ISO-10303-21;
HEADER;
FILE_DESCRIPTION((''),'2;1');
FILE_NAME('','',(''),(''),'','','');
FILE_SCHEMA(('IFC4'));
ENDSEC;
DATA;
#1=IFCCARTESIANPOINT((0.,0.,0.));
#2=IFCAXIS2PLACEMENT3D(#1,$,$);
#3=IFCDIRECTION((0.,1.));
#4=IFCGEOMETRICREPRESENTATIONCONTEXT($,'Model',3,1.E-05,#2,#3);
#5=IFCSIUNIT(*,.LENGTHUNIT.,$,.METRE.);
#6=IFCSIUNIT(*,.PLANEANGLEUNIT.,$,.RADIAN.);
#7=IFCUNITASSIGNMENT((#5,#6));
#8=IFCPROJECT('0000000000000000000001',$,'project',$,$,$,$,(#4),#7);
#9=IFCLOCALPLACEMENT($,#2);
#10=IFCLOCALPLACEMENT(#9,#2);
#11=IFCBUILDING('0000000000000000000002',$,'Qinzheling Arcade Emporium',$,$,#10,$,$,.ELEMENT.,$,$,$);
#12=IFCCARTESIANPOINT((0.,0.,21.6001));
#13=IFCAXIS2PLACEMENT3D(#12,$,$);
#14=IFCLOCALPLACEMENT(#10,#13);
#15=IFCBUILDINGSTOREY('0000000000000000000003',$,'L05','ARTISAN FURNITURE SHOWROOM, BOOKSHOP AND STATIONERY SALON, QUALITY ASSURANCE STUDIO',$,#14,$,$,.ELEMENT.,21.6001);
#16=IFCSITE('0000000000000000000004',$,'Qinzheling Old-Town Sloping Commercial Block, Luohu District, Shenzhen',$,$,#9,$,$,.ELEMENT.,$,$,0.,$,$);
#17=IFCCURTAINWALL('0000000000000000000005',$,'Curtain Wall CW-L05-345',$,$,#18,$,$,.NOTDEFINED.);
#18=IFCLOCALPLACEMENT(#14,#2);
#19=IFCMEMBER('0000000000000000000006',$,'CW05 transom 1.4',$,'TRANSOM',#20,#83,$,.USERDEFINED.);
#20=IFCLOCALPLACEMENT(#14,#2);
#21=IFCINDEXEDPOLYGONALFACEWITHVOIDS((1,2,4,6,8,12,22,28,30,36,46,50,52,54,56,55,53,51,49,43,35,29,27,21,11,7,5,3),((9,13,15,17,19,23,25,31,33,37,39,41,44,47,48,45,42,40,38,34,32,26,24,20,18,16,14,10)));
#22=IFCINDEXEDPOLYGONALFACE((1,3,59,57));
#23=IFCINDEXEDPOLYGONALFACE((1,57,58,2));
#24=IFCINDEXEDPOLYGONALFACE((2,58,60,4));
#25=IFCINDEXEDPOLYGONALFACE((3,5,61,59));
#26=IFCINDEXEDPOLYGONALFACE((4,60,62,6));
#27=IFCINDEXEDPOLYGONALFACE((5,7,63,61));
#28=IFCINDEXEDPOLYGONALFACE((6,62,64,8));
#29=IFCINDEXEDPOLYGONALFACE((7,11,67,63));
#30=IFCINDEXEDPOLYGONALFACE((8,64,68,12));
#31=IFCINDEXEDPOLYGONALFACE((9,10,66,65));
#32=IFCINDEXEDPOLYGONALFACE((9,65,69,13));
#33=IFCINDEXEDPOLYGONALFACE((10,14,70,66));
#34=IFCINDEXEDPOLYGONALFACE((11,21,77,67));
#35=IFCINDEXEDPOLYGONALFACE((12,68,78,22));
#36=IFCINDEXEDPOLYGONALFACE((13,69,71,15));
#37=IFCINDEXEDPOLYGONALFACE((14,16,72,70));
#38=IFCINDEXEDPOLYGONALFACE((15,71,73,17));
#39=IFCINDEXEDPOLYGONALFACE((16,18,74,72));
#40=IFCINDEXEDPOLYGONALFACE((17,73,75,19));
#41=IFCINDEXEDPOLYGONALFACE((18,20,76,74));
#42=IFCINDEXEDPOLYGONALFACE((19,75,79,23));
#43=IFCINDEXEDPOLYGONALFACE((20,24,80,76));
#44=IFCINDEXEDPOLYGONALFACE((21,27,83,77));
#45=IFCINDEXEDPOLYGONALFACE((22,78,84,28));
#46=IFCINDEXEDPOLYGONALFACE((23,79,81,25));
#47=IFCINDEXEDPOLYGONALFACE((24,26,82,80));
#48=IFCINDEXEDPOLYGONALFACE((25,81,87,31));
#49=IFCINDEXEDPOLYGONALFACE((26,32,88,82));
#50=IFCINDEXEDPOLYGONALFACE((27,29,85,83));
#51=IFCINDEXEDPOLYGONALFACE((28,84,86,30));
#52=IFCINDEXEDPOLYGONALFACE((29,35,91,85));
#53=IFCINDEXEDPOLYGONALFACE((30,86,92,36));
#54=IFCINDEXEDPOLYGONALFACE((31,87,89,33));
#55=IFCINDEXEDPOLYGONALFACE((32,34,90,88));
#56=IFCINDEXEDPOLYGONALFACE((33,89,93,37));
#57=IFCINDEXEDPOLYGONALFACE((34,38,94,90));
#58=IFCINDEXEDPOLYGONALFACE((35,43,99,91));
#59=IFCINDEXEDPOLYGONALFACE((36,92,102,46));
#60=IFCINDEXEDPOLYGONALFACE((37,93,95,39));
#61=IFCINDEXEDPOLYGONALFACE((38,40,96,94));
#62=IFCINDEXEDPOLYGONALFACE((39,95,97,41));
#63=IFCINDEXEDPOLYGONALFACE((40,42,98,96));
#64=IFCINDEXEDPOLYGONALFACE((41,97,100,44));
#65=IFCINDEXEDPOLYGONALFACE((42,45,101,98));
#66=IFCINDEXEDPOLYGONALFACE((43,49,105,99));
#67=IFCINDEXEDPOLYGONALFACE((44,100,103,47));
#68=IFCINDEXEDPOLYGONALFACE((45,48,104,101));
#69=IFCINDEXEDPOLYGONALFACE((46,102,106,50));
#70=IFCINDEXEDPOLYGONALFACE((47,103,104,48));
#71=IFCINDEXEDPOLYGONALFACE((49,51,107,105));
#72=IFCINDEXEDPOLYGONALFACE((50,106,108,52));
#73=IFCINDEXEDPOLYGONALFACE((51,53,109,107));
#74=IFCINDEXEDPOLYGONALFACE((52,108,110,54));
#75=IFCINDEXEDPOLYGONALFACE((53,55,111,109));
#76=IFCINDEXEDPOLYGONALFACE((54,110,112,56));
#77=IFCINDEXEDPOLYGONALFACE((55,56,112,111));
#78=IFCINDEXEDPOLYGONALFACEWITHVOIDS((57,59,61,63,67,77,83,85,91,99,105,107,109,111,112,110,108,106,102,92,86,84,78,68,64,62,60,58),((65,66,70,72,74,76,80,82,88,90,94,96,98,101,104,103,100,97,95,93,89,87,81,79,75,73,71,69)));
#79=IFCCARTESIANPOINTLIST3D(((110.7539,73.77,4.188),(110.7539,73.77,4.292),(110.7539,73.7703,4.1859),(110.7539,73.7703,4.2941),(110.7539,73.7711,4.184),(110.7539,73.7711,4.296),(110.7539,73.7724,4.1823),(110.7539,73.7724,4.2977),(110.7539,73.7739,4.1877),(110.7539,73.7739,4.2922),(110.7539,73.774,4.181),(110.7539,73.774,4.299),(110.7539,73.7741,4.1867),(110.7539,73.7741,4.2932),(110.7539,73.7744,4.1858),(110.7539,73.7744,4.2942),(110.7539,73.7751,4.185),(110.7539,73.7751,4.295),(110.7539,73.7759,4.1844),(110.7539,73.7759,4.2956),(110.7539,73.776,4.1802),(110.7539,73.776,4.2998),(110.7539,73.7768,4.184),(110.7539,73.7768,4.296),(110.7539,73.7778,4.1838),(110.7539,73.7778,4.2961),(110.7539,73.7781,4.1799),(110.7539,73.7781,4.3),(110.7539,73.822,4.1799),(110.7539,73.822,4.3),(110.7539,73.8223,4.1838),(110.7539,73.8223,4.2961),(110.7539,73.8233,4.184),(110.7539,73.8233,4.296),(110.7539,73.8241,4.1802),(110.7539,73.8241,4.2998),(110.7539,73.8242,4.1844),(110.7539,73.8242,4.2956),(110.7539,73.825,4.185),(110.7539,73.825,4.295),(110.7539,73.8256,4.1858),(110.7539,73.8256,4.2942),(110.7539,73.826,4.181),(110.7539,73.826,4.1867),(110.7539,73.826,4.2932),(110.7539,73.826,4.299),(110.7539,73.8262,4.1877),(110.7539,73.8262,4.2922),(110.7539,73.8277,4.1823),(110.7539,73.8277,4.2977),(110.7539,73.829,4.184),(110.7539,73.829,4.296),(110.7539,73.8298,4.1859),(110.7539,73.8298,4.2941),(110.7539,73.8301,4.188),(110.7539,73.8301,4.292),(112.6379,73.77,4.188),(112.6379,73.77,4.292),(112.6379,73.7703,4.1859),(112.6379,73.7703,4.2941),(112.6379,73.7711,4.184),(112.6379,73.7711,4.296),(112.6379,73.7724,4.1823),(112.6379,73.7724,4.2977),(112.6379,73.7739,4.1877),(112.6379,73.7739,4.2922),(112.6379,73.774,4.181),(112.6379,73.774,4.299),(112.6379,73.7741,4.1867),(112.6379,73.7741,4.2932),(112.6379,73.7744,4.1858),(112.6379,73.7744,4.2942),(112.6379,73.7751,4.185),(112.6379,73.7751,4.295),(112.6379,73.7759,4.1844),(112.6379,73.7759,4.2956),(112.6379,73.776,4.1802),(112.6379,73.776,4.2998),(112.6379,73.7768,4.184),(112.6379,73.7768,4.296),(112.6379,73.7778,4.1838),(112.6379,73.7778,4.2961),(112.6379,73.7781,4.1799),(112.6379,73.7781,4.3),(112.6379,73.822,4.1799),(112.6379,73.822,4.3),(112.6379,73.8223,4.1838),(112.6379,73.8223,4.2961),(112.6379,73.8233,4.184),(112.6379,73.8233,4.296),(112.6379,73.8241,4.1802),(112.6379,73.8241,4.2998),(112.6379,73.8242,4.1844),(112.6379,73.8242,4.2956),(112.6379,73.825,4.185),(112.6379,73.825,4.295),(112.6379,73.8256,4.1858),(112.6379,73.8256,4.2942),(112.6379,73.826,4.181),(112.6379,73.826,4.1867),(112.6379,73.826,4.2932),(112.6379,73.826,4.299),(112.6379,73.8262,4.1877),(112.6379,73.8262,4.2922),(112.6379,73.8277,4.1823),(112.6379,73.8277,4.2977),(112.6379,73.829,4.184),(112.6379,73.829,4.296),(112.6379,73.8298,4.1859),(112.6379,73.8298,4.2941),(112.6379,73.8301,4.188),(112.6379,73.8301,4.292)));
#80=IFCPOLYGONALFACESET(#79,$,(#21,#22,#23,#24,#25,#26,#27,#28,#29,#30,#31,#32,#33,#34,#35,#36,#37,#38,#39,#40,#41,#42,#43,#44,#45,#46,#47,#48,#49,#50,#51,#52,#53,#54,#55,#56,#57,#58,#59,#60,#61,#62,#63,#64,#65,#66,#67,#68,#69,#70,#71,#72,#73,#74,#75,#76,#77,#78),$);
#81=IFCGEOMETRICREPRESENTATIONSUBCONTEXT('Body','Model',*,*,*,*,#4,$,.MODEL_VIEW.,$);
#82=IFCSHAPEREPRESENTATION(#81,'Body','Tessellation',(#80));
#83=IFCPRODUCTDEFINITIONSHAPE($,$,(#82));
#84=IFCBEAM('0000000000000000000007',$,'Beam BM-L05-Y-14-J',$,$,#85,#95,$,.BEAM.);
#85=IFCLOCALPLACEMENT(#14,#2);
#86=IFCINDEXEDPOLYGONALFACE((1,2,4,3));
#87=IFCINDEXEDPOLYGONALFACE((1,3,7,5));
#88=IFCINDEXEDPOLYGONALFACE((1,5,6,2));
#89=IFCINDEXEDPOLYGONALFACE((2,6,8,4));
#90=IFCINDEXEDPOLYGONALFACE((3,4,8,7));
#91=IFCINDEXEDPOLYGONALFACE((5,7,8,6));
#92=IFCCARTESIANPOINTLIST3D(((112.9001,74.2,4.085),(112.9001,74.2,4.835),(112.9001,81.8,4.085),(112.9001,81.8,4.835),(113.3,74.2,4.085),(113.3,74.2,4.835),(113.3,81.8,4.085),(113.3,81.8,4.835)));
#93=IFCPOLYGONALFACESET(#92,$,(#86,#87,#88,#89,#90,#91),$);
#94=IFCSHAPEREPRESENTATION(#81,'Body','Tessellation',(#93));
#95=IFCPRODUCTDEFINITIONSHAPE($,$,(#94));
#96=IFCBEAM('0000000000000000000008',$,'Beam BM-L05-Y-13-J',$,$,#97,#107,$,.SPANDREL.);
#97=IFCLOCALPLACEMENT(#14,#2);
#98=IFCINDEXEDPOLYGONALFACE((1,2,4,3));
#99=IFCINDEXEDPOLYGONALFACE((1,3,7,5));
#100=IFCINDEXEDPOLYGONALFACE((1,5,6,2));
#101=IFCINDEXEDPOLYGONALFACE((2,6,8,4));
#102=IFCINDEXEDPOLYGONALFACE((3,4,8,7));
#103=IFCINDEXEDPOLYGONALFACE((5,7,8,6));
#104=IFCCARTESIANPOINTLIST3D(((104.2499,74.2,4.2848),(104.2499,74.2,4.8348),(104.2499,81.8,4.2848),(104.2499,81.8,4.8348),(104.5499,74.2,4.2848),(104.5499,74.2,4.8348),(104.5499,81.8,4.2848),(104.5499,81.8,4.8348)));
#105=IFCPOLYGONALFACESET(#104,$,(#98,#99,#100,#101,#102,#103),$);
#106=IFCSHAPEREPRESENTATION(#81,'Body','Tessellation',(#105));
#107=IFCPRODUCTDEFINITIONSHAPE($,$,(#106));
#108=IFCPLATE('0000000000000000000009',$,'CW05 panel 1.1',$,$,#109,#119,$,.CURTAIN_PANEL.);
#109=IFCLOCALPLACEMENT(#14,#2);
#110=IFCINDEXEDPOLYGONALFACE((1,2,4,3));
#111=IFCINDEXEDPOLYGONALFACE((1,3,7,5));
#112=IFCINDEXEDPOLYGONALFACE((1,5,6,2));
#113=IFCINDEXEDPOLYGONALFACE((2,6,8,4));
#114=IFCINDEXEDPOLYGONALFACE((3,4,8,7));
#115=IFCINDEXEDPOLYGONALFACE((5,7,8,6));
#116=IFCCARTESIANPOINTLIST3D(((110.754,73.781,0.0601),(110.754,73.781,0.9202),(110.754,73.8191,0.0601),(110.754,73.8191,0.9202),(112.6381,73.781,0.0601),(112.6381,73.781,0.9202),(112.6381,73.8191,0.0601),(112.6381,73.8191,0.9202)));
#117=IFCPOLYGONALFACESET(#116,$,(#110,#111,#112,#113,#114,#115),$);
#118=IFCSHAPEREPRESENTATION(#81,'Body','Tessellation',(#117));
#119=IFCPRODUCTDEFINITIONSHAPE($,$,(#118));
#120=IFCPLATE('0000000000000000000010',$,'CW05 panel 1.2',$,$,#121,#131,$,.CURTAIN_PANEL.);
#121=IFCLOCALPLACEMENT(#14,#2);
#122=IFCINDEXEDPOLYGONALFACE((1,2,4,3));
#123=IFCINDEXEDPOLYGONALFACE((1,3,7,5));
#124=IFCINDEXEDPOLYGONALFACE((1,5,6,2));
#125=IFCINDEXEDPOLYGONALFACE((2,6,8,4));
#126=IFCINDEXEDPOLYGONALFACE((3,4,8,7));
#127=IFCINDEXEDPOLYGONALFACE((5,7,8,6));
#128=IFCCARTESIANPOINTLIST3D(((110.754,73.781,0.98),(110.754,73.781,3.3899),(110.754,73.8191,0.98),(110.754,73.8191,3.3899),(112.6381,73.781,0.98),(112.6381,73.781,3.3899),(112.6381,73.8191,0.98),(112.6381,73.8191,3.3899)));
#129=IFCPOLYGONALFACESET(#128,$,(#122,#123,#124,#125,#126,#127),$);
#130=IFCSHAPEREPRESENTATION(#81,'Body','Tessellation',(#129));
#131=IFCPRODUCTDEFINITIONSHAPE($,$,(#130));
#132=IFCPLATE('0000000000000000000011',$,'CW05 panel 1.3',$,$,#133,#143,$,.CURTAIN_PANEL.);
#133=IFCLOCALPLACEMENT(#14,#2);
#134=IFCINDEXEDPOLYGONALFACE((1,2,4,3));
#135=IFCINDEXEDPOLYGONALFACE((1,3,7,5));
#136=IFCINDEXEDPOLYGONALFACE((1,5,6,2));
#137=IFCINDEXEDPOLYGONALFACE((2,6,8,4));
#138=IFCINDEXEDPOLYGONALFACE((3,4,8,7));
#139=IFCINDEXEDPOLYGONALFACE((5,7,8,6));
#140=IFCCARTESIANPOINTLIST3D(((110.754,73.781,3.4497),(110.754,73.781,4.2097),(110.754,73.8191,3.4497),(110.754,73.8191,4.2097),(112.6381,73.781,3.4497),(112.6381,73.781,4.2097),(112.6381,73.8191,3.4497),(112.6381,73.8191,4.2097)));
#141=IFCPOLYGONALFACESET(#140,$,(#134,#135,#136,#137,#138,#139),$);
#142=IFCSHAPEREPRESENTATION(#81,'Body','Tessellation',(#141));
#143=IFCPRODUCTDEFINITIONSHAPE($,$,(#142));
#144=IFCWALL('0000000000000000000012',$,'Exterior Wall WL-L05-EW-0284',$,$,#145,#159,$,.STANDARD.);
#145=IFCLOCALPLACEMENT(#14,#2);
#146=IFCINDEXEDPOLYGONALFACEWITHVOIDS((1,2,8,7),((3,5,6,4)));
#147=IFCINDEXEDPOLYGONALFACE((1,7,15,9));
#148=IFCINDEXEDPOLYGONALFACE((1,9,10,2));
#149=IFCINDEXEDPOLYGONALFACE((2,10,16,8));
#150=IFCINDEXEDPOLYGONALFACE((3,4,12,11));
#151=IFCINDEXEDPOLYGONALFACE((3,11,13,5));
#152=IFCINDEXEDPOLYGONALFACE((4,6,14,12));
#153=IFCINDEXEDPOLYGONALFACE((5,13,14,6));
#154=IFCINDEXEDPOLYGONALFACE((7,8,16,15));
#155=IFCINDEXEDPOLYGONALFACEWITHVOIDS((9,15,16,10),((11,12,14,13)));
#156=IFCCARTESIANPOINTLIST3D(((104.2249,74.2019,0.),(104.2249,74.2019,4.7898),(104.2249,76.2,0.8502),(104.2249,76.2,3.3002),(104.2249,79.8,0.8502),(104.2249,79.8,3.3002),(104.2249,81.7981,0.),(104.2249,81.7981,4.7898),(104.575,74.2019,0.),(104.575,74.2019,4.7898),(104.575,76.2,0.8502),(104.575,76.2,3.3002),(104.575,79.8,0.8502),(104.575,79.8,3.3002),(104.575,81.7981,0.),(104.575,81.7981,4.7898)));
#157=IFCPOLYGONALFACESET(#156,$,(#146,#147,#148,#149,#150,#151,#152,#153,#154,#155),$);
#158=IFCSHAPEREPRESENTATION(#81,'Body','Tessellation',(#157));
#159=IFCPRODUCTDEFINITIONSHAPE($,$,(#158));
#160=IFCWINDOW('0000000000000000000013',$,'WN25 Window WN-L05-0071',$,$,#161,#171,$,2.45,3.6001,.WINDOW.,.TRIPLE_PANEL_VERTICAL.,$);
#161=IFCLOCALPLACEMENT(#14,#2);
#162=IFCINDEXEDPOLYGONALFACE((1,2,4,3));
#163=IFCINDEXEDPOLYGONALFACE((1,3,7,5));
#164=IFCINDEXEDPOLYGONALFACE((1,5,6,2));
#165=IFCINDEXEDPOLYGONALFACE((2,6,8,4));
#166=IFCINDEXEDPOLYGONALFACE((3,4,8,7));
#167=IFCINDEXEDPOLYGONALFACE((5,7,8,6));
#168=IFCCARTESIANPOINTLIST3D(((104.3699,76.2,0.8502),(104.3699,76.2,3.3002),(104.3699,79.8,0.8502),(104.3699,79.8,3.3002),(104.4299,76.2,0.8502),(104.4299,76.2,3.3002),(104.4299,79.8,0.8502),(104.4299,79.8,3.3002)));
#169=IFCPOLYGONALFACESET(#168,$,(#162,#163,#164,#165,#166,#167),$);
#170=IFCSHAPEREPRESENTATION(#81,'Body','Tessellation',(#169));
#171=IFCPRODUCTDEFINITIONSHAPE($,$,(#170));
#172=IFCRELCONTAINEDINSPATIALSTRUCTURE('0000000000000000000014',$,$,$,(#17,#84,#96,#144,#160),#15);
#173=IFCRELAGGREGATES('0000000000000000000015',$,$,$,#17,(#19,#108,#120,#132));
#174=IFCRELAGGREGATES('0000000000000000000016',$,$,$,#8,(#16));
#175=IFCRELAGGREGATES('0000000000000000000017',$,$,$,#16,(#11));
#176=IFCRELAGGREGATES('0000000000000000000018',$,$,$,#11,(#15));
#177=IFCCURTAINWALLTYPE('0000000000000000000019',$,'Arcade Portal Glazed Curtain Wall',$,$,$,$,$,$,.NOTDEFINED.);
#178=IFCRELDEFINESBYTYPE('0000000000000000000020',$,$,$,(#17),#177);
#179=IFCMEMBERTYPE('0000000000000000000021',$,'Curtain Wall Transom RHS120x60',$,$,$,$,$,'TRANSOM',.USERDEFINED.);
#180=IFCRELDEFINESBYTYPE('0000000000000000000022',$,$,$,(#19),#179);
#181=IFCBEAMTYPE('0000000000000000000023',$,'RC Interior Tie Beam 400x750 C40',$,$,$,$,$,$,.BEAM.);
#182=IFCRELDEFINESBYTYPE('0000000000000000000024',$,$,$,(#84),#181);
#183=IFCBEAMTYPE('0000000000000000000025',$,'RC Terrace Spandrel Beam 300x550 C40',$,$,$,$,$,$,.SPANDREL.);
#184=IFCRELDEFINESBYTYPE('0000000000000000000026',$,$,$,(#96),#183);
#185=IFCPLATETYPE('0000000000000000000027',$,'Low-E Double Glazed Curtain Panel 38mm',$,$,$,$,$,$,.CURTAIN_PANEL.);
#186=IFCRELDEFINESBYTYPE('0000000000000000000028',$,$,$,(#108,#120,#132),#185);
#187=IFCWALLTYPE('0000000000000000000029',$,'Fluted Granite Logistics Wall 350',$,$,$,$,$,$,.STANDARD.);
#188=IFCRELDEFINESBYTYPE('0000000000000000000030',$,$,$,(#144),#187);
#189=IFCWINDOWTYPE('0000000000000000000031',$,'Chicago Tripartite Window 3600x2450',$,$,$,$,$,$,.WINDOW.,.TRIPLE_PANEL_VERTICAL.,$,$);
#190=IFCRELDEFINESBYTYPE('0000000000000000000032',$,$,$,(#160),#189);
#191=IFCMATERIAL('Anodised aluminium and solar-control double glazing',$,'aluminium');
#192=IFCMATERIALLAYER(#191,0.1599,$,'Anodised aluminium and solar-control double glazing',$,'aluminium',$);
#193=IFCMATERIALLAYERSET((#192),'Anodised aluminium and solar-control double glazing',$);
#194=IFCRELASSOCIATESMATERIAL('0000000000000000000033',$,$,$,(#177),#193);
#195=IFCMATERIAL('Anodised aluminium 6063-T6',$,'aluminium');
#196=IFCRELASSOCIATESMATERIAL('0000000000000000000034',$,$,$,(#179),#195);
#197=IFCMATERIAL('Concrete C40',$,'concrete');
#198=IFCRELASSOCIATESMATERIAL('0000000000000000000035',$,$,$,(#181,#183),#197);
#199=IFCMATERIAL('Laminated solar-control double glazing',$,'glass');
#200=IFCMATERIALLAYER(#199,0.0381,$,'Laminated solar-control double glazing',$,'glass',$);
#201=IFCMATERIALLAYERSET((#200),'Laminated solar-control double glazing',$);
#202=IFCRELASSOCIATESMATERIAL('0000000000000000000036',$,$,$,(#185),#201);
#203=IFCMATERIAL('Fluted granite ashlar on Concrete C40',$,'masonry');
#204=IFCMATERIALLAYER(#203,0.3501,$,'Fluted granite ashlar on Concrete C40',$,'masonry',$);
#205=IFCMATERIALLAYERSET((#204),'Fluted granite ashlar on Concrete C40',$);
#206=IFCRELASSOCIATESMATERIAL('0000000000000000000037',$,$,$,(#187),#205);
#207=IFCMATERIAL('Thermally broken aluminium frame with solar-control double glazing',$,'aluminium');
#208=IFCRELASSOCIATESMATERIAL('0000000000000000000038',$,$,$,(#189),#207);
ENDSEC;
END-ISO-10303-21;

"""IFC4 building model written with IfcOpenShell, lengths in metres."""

from ifc_helpers import new_model, si_unit, direction, frame, frame_2d, origin, origin_2d, place, context, subcontext, project, spatial, rectangle, hollow_rectangle, extrude, material, layer, layer_set, material_profile, profile_set, type_object, element, fill, aggregate, save


model = new_model("IFC4")

# Units and contexts
model_context = context("Model", 3, precision=1e-05, world=origin(), true_north=direction((0.0, 1.0)))
body_context = subcontext(model_context, "Body", "Model", "MODEL_VIEW")
ifc_project = project(units=[si_unit("LENGTHUNIT", "METRE"), si_unit("PLANEANGLEUNIT", "RADIAN")], contexts=[model_context])

# Site, building, storey
site_placement = place(None, origin())
site = spatial("IfcSite", under=ifc_project, at=site_placement, Name="Qinzheling Old-Town Sloping Commercial Block, Luohu District, Shenzhen", CompositionType="ELEMENT", RefElevation=0.0)
building_placement = place(site_placement, origin())
building = spatial("IfcBuilding", under=site, at=building_placement, Name="Qinzheling Arcade Emporium", CompositionType="ELEMENT")
storey_placement = place(building_placement, frame((0.0, 0.0, 21.6001)))
storey = spatial("IfcBuildingStorey", under=building, at=storey_placement, Name="L05", Description="ARTISAN FURNITURE SHOWROOM, BOOKSHOP AND STATIONERY SALON, QUALITY ASSURANCE STUDIO", CompositionType="ELEMENT", Elevation=21.6001)

# Shared definitions
ifc_material_1 = material(Name="Concrete C40", Category="concrete")

# Curtain wall, member
ifc_material_2 = material(Name="Anodised aluminium and solar-control double glazing", Category="aluminium")
ifc_layer_1 = layer(ifc_material_2, 0.1599, Name="Anodised aluminium and solar-control double glazing", Category="aluminium")
ifc_layer_set_1 = layer_set([ifc_layer_1], Name="Anodised aluminium and solar-control double glazing")
curtain_wall_type = type_object("IfcCurtainWallType", Name="Arcade Portal Glazed Curtain Wall", PredefinedType="NOTDEFINED", material=ifc_layer_set_1)
curtain_wall_placement = place(storey_placement, origin())
curtain_wall = element("IfcCurtainWall", 1, at=curtain_wall_placement, inside=storey, type_object=curtain_wall_type, Name="Curtain Wall CW-L05-345", PredefinedType="NOTDEFINED")
ifc_material_3 = material(Name="Anodised aluminium 6063-T6", Category="aluminium")
ifc_material_profile_1 = material_profile(ifc_material_3, hollow_rectangle(XDim=0.0601, YDim=0.1201, WallThickness=0.0039, InnerFilletRadius=0.0039, OuterFilletRadius=0.0081, at=origin_2d()), Name="RHS 120x60x4", Category="aluminium")
ifc_profile_set_1 = profile_set([ifc_material_profile_1], Name="Anodised aluminium 6063-T6")
member_type_1 = type_object("IfcMemberType", Name="Curtain Wall Transom RHS120x60", ElementType="TRANSOM", PredefinedType="USERDEFINED", material=ifc_profile_set_1)
member_1_placement = place(storey_placement, frame((112.6379, 73.8, 4.24), z_axis=(-1.0, 0.0, 0.0), x_axis=(0.0, -1.0, 0.0)))
member_1 = element("IfcMember", 2, at=member_1_placement, type_object=member_type_1, Name="CW05 transom 1.4", ObjectType="TRANSOM", PredefinedType="USERDEFINED", context=body_context, shape_type="SweptSolid", body=[
    extrude(hollow_rectangle(XDim=0.0601, YDim=0.1201, WallThickness=0.0039, InnerFilletRadius=0.0039, OuterFilletRadius=0.0081, at=origin_2d()), origin(), (0.0, 0.0, 1.0), 1.884),
])

# Beams
ifc_material_profile_2 = material_profile(ifc_material_1, rectangle(XDim=0.3999, YDim=0.75, at=origin_2d()), Name="RC 400x750", Category="concrete")
ifc_profile_set_2 = profile_set([ifc_material_profile_2], Name="Concrete C40")
beam_type_1 = type_object("IfcBeamType", Name="RC Interior Tie Beam 400x750 C40", PredefinedType="BEAM", material=ifc_profile_set_2)
beam_1_placement = place(storey_placement, frame((113.1001, 74.2, 4.46), z_axis=(0.0, 1.0, 0.0), x_axis=(-1.0, 0.0, 0.0)))
element("IfcBeam", 3, at=beam_1_placement, inside=storey, type_object=beam_type_1, Name="Beam BM-L05-Y-14-J", PredefinedType="BEAM", context=body_context, shape_type="SweptSolid", body=[
    extrude(rectangle(XDim=0.3999, YDim=0.75, at=origin_2d()), origin(), (0.0, 0.0, 1.0), 7.6001),
])
ifc_material_profile_3 = material_profile(ifc_material_1, rectangle(XDim=0.3, YDim=0.55, at=origin_2d()), Name="RC 300x550", Category="concrete")
ifc_profile_set_3 = profile_set([ifc_material_profile_3], Name="Concrete C40")
beam_type_2 = type_object("IfcBeamType", Name="RC Terrace Spandrel Beam 300x550 C40", PredefinedType="SPANDREL", material=ifc_profile_set_3)
beam_2_placement = place(storey_placement, frame((104.3999, 74.2, 4.5598), z_axis=(0.0, 1.0, 0.0), x_axis=(-1.0, 0.0, 0.0)))
element("IfcBeam", 4, at=beam_2_placement, inside=storey, type_object=beam_type_2, Name="Beam BM-L05-Y-13-J", PredefinedType="SPANDREL", context=body_context, shape_type="SweptSolid", body=[
    extrude(rectangle(XDim=0.3, YDim=0.55, at=origin_2d()), origin(), (0.0, 0.0, 1.0), 7.6001),
])

# Plates
ifc_material_4 = material(Name="Laminated solar-control double glazing", Category="glass")
ifc_layer_2 = layer(ifc_material_4, 0.0381, Name="Laminated solar-control double glazing", Category="glass")
ifc_layer_set_2 = layer_set([ifc_layer_2], Name="Laminated solar-control double glazing")
plate_type = type_object("IfcPlateType", Name="Low-E Double Glazed Curtain Panel 38mm", PredefinedType="CURTAIN_PANEL", material=ifc_layer_set_2)
plate_1_placement = place(storey_placement, frame((111.696, 73.8, 0.0601), z_axis=(0.0, 0.0, 1.0), x_axis=(-1.0, 0.0, 0.0)))
plate_1 = element("IfcPlate", 5, at=plate_1_placement, type_object=plate_type, Name="CW05 panel 1.1", PredefinedType="CURTAIN_PANEL", context=body_context, shape_type="SweptSolid", body=[
    extrude(rectangle(XDim=1.884, YDim=0.0381, at=origin_2d()), origin(), (0.0, 0.0, 1.0), 0.8601),
])
plate_2_placement = place(storey_placement, frame((111.696, 73.8, 0.98), z_axis=(0.0, 0.0, 1.0), x_axis=(-1.0, 0.0, 0.0)))
plate_2 = element("IfcPlate", 6, at=plate_2_placement, type_object=plate_type, Name="CW05 panel 1.2", PredefinedType="CURTAIN_PANEL", context=body_context, shape_type="SweptSolid", body=[
    extrude(rectangle(XDim=1.884, YDim=0.0381, at=origin_2d()), origin(), (0.0, 0.0, 1.0), 2.4099),
])
plate_3_placement = place(storey_placement, frame((111.696, 73.8, 3.4497), z_axis=(0.0, 0.0, 1.0), x_axis=(-1.0, 0.0, 0.0)))
plate_3 = element("IfcPlate", 7, at=plate_3_placement, type_object=plate_type, Name="CW05 panel 1.3", PredefinedType="CURTAIN_PANEL", context=body_context, shape_type="SweptSolid", body=[
    extrude(rectangle(XDim=1.884, YDim=0.0381, at=origin_2d()), origin(), (0.0, 0.0, 1.0), 0.76),
])
aggregate(curtain_wall, [member_1, plate_1, plate_2, plate_3])

# Wall, opening, window
ifc_material_5 = material(Name="Fluted granite ashlar on Concrete C40", Category="masonry")
ifc_layer_3 = layer(ifc_material_5, 0.3501, Name="Fluted granite ashlar on Concrete C40", Category="masonry")
ifc_layer_set_3 = layer_set([ifc_layer_3], Name="Fluted granite ashlar on Concrete C40")
wall_type_1 = type_object("IfcWallType", Name="Fluted Granite Logistics Wall 350", PredefinedType="STANDARD", material=ifc_layer_set_3)
wall_1_placement = place(storey_placement, frame((104.3999, 74.2019, 0.0), z_axis=(0.0, 0.0, 1.0), x_axis=(0.0, 1.0, 0.0)))
wall_1 = element("IfcWall", 8, at=wall_1_placement, inside=storey, type_object=wall_type_1, Name="Exterior Wall WL-L05-EW-0284", PredefinedType="STANDARD", context=body_context, shape_type="SweptSolid", body=[
    extrude(rectangle(XDim=7.5962, YDim=0.3501, at=frame_2d((3.7981, 0.0))), origin(), (0.0, 0.0, 1.0), 4.7898),
])
opening_1_placement = place(wall_1_placement, frame((1.998, 0.0, 0.8501)))
opening_1 = element("IfcOpeningElement", 9, at=opening_1_placement, cuts=wall_1, PredefinedType="OPENING", context=body_context, shape_type="SweptSolid", body=[
    extrude(rectangle(XDim=3.6001, YDim=2.45, at=frame_2d((1.8, 1.2251))), frame((0.0, 0.1851, 0.0), z_axis=(0.0, -1.0, 0.0), x_axis=(1.0, 0.0, 0.0)), (0.0, 0.0, 1.0), 0.3701),
])
ifc_material_6 = material(Name="Thermally broken aluminium frame with solar-control double glazing", Category="aluminium")
window_type = type_object("IfcWindowType", Name="Chicago Tripartite Window 3600x2450", PartitioningType="TRIPLE_PANEL_VERTICAL", PredefinedType="WINDOW", material=ifc_material_6)
window_placement = place(opening_1_placement, origin())
window = element("IfcWindow", 10, at=window_placement, inside=storey, type_object=window_type, Name="WN25 Window WN-L05-0071", OverallHeight=2.45, OverallWidth=3.6001, PartitioningType="TRIPLE_PANEL_VERTICAL", PredefinedType="WINDOW", context=body_context, shape_type="SweptSolid", body=[
    extrude(rectangle(XDim=3.6001, YDim=2.45, at=frame_2d((1.8, 1.2251))), frame((0.0, 0.03, 0.0), z_axis=(0.0, -1.0, 0.0), x_axis=(1.0, 0.0, 0.0)), (0.0, 0.0, 1.0), 0.0601),
])
fill(opening_1, window)

save(model, "model.ifc")
